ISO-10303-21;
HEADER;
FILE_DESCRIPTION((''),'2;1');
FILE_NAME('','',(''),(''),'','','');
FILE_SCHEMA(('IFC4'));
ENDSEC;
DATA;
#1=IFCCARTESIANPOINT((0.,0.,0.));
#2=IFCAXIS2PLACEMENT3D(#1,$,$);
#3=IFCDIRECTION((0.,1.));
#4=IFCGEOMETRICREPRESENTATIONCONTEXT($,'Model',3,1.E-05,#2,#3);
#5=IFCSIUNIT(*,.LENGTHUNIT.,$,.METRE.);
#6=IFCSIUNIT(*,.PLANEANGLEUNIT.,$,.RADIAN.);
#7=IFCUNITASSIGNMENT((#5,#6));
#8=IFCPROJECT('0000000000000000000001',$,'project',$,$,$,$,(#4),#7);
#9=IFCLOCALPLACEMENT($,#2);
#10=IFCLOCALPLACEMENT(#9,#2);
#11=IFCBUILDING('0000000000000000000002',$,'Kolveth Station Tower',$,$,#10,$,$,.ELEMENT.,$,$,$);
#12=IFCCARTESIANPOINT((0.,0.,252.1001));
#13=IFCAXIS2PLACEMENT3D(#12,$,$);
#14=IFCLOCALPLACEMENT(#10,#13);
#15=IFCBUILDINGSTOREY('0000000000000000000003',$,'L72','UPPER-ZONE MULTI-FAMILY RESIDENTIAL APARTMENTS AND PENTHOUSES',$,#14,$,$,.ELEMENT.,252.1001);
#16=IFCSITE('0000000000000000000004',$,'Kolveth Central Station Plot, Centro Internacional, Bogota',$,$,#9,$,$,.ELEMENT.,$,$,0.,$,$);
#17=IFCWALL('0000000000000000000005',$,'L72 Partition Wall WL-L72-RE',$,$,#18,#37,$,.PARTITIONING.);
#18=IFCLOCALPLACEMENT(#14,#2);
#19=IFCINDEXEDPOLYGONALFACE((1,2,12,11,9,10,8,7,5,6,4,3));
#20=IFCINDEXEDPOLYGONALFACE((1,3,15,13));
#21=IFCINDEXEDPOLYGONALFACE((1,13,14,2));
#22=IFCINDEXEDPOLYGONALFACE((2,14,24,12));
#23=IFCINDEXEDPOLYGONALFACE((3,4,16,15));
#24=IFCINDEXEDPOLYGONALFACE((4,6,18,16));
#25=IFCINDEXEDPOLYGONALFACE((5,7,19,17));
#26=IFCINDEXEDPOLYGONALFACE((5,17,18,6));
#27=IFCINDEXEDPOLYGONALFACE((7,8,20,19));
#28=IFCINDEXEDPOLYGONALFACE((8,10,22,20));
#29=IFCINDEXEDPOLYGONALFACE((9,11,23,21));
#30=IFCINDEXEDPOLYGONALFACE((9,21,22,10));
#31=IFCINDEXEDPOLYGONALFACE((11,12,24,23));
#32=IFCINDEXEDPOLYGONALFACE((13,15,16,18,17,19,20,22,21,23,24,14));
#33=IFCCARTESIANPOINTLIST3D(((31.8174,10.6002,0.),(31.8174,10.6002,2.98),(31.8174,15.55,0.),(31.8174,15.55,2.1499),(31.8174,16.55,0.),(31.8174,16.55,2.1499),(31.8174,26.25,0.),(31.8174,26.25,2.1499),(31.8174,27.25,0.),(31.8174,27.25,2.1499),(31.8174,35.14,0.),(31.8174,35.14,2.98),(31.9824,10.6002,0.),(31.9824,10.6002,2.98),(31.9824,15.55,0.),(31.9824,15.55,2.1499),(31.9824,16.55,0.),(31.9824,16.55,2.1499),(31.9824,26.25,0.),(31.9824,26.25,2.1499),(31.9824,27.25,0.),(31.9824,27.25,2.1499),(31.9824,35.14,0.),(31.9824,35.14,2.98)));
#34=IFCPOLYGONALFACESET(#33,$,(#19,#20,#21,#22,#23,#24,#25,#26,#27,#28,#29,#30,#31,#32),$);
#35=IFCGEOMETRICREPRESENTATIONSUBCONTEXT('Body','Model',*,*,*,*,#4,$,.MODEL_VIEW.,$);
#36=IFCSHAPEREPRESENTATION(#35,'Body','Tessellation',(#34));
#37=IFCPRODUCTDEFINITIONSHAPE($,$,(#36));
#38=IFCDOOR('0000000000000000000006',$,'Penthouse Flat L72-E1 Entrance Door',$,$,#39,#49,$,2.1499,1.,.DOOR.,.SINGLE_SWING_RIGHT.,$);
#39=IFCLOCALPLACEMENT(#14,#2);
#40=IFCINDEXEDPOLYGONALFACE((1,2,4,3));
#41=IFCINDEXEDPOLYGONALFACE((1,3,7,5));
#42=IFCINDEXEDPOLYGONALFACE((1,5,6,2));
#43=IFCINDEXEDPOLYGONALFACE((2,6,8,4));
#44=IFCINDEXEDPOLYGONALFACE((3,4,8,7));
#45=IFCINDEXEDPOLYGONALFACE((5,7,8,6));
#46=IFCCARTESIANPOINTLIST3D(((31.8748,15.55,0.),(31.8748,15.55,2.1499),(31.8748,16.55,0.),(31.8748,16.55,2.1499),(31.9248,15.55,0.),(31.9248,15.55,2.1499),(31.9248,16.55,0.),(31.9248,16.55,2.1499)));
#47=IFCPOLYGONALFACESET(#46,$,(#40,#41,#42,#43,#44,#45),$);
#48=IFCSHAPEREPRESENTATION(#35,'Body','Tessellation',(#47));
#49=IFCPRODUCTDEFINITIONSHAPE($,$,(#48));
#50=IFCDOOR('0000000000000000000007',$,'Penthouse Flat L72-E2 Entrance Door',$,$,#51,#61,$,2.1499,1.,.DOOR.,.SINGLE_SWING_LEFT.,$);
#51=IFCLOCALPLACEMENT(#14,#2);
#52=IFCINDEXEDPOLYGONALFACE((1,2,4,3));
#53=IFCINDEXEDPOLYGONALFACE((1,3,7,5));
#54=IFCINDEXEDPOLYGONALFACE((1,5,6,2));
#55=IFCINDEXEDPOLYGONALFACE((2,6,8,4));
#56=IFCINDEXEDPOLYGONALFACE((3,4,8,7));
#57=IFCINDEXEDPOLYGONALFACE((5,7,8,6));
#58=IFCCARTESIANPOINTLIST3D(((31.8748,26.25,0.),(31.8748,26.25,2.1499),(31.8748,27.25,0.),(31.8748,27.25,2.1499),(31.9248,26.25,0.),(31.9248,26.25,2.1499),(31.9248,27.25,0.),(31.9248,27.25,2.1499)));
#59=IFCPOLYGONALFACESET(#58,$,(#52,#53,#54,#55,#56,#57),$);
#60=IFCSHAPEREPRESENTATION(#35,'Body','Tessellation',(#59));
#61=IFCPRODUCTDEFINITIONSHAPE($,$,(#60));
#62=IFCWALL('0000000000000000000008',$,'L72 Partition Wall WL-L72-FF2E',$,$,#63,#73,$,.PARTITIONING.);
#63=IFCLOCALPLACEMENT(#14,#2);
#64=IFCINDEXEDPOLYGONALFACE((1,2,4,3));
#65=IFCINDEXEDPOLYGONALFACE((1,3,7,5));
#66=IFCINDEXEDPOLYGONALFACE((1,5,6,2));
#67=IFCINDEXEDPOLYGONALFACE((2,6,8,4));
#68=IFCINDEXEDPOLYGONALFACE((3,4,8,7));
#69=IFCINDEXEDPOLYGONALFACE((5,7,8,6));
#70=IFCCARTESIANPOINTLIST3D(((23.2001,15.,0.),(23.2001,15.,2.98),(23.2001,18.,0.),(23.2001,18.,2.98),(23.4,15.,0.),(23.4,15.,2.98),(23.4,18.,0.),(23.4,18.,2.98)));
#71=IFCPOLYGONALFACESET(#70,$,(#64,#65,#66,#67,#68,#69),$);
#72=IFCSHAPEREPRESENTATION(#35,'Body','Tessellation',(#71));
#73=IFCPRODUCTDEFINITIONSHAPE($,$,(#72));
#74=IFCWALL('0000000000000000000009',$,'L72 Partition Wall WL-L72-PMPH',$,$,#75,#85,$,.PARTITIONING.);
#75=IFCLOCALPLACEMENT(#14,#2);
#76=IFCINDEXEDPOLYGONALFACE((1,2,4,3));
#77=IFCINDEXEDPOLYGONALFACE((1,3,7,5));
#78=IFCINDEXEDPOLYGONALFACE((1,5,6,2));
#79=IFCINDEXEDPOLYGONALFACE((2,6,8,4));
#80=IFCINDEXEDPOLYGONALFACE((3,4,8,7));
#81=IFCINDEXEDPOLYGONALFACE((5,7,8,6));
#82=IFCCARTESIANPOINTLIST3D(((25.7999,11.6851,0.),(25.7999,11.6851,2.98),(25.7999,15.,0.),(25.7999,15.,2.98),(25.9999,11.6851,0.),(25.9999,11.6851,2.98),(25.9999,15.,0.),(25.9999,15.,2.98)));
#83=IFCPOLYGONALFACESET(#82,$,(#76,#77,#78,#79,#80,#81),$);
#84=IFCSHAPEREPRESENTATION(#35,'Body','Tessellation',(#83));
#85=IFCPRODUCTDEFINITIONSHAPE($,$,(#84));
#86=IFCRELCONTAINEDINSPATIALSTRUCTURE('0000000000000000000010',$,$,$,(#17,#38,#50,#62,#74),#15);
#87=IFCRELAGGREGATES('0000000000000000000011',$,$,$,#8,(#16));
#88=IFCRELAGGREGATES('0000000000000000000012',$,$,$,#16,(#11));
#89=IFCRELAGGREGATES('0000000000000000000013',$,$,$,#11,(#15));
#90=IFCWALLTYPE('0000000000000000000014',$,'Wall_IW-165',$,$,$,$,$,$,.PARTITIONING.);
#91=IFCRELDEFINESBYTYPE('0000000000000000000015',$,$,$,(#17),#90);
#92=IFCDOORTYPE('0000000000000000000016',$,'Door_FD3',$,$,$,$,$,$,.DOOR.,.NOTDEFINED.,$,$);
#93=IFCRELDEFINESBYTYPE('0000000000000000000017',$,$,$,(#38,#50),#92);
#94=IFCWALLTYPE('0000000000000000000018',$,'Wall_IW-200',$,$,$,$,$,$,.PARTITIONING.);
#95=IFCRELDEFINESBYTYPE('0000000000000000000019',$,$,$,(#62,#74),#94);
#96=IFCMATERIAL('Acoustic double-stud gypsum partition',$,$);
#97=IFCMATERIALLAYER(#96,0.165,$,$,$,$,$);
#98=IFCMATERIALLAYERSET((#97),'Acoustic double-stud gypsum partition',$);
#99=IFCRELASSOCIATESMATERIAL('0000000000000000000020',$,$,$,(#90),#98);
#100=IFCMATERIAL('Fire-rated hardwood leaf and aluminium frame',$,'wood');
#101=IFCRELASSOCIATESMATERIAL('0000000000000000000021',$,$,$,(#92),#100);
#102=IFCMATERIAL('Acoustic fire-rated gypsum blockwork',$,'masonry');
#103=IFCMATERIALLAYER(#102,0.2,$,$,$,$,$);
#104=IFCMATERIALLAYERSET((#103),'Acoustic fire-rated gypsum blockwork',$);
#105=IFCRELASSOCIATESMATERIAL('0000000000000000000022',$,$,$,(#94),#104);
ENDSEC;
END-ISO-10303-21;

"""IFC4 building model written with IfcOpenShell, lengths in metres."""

from ifc_helpers import new_model, si_unit, direction, frame, frame_2d, origin, place, context, subcontext, project, spatial, rectangle, extrude, material, layer, layer_set, type_object, element, fill, save


model = new_model("IFC4")

# Units and contexts
model_context = context("Model", 3, precision=1e-05, world=origin(), true_north=direction((0.0, 1.0)))
body_context = subcontext(model_context, "Body", "Model", "MODEL_VIEW")
ifc_project = project(units=[si_unit("LENGTHUNIT", "METRE"), si_unit("PLANEANGLEUNIT", "RADIAN")], contexts=[model_context])

# Site, building, storey
site_placement = place(None, origin())
site = spatial("IfcSite", under=ifc_project, at=site_placement, Name="Kolveth Central Station Plot, Centro Internacional, Bogota", CompositionType="ELEMENT", RefElevation=0.0)
building_placement = place(site_placement, origin())
building = spatial("IfcBuilding", under=site, at=building_placement, Name="Kolveth Station Tower", CompositionType="ELEMENT")
storey_placement = place(building_placement, frame((0.0, 0.0, 252.1001)))
storey = spatial("IfcBuildingStorey", under=building, at=storey_placement, Name="L72", Description="UPPER-ZONE MULTI-FAMILY RESIDENTIAL APARTMENTS AND PENTHOUSES", CompositionType="ELEMENT", Elevation=252.1001)

# Shared definitions
ifc_material_1 = material(Name="Acoustic double-stud gypsum partition")
ifc_layer_1 = layer(ifc_material_1, 0.165)
ifc_layer_set_1 = layer_set([ifc_layer_1], Name="Acoustic double-stud gypsum partition")
wall_type_1 = type_object("IfcWallType", Name="Wall_IW-165", PredefinedType="PARTITIONING", material=ifc_layer_set_1)

# Wall, openings, doors
wall_1_placement = place(storey_placement, frame((31.8999, 10.6001, 0.0), z_axis=(0.0, 0.0, 1.0), x_axis=(0.0, 1.0, 0.0)))
wall_1 = element("IfcWall", 1, at=wall_1_placement, inside=storey, type_object=wall_type_1, Name="L72 Partition Wall WL-L72-RE", PredefinedType="PARTITIONING", context=body_context, shape_type="SweptSolid", body=[
    extrude(rectangle(XDim=24.5398, YDim=0.165, at=frame_2d((12.27, 0.0))), origin(), (0.0, 0.0, 1.0), 2.98),
])
opening_1_placement = place(wall_1_placement, frame((4.95, 0.0, 0.0)))
opening_1 = element("IfcOpeningElement", 2, at=opening_1_placement, cuts=wall_1, PredefinedType="OPENING", context=body_context, shape_type="SweptSolid", body=[
    extrude(rectangle(XDim=1.0, YDim=2.1499, at=frame_2d((0.5, 1.075))), frame((0.0, 0.0925, 0.0), z_axis=(0.0, -1.0, 0.0), x_axis=(1.0, 0.0, 0.0)), (0.0, 0.0, 1.0), 0.1851),
])
opening_2_placement = place(wall_1_placement, frame((15.6499, 0.0, 0.0)))
opening_2 = element("IfcOpeningElement", 3, at=opening_2_placement, cuts=wall_1, PredefinedType="OPENING", context=body_context, shape_type="SweptSolid", body=[
    extrude(rectangle(XDim=1.0, YDim=2.1499, at=frame_2d((0.5, 1.075))), frame((0.0, 0.0925, 0.0), z_axis=(0.0, -1.0, 0.0), x_axis=(1.0, 0.0, 0.0)), (0.0, 0.0, 1.0), 0.1851),
])
ifc_material_2 = material(Name="Fire-rated hardwood leaf and aluminium frame", Category="wood")
door_type_1 = type_object("IfcDoorType", Name="Door_FD3", OperationType="NOTDEFINED", PredefinedType="DOOR", material=ifc_material_2)
door_1_placement = place(opening_1_placement, frame((1.0, 0.0, 0.0), z_axis=(0.0, 0.0, 1.0), x_axis=(-1.0, 0.0, 0.0)))
door_1 = element("IfcDoor", 4, at=door_1_placement, inside=storey, type_object=door_type_1, Name="Penthouse Flat L72-E1 Entrance Door", OperationType="SINGLE_SWING_RIGHT", OverallHeight=2.1499, OverallWidth=1.0, PredefinedType="DOOR", context=body_context, shape_type="SweptSolid", body=[
    extrude(rectangle(XDim=1.0, YDim=2.1499, at=frame_2d((0.5, 1.075))), frame((0.0, 0.0249, 0.0), z_axis=(0.0, -1.0, 0.0), x_axis=(1.0, 0.0, 0.0)), (0.0, 0.0, 1.0), 0.05),
])
fill(opening_1, door_1)
door_2_placement = place(opening_2_placement, frame((1.0, 0.0, 0.0), z_axis=(0.0, 0.0, 1.0), x_axis=(-1.0, 0.0, 0.0)))
door_2 = element("IfcDoor", 5, at=door_2_placement, inside=storey, type_object=door_type_1, Name="Penthouse Flat L72-E2 Entrance Door", OperationType="SINGLE_SWING_LEFT", OverallHeight=2.1499, OverallWidth=1.0, PredefinedType="DOOR", context=body_context, shape_type="SweptSolid", body=[
    extrude(rectangle(XDim=1.0, YDim=2.1499, at=frame_2d((0.5, 1.075))), frame((0.0, 0.0249, 0.0), z_axis=(0.0, -1.0, 0.0), x_axis=(1.0, 0.0, 0.0)), (0.0, 0.0, 1.0), 0.05),
])
fill(opening_2, door_2)

# Walls
ifc_material_3 = material(Name="Acoustic fire-rated gypsum blockwork", Category="masonry")
ifc_layer_2 = layer(ifc_material_3, 0.2)
ifc_layer_set_2 = layer_set([ifc_layer_2], Name="Acoustic fire-rated gypsum blockwork")
wall_type_2 = type_object("IfcWallType", Name="Wall_IW-200", PredefinedType="PARTITIONING", material=ifc_layer_set_2)
wall_2_placement = place(storey_placement, frame((23.3, 15.0, 0.0), z_axis=(0.0, 0.0, 1.0), x_axis=(0.0, 1.0, 0.0)))
element("IfcWall", 6, at=wall_2_placement, inside=storey, type_object=wall_type_2, Name="L72 Partition Wall WL-L72-FF2E", PredefinedType="PARTITIONING", context=body_context, shape_type="SweptSolid", body=[
    extrude(rectangle(XDim=3.0, YDim=0.2, at=frame_2d((1.5, 0.0))), origin(), (0.0, 0.0, 1.0), 2.98),
])
wall_3_placement = place(storey_placement, frame((25.8999, 11.6851, 0.0), z_axis=(0.0, 0.0, 1.0), x_axis=(0.0, 1.0, 0.0)))
element("IfcWall", 7, at=wall_3_placement, inside=storey, type_object=wall_type_2, Name="L72 Partition Wall WL-L72-PMPH", PredefinedType="PARTITIONING", context=body_context, shape_type="SweptSolid", body=[
    extrude(rectangle(XDim=3.3149, YDim=0.2, at=frame_2d((1.6575, 0.0))), origin(), (0.0, 0.0, 1.0), 2.98),
])

save(model, "model.ifc")
